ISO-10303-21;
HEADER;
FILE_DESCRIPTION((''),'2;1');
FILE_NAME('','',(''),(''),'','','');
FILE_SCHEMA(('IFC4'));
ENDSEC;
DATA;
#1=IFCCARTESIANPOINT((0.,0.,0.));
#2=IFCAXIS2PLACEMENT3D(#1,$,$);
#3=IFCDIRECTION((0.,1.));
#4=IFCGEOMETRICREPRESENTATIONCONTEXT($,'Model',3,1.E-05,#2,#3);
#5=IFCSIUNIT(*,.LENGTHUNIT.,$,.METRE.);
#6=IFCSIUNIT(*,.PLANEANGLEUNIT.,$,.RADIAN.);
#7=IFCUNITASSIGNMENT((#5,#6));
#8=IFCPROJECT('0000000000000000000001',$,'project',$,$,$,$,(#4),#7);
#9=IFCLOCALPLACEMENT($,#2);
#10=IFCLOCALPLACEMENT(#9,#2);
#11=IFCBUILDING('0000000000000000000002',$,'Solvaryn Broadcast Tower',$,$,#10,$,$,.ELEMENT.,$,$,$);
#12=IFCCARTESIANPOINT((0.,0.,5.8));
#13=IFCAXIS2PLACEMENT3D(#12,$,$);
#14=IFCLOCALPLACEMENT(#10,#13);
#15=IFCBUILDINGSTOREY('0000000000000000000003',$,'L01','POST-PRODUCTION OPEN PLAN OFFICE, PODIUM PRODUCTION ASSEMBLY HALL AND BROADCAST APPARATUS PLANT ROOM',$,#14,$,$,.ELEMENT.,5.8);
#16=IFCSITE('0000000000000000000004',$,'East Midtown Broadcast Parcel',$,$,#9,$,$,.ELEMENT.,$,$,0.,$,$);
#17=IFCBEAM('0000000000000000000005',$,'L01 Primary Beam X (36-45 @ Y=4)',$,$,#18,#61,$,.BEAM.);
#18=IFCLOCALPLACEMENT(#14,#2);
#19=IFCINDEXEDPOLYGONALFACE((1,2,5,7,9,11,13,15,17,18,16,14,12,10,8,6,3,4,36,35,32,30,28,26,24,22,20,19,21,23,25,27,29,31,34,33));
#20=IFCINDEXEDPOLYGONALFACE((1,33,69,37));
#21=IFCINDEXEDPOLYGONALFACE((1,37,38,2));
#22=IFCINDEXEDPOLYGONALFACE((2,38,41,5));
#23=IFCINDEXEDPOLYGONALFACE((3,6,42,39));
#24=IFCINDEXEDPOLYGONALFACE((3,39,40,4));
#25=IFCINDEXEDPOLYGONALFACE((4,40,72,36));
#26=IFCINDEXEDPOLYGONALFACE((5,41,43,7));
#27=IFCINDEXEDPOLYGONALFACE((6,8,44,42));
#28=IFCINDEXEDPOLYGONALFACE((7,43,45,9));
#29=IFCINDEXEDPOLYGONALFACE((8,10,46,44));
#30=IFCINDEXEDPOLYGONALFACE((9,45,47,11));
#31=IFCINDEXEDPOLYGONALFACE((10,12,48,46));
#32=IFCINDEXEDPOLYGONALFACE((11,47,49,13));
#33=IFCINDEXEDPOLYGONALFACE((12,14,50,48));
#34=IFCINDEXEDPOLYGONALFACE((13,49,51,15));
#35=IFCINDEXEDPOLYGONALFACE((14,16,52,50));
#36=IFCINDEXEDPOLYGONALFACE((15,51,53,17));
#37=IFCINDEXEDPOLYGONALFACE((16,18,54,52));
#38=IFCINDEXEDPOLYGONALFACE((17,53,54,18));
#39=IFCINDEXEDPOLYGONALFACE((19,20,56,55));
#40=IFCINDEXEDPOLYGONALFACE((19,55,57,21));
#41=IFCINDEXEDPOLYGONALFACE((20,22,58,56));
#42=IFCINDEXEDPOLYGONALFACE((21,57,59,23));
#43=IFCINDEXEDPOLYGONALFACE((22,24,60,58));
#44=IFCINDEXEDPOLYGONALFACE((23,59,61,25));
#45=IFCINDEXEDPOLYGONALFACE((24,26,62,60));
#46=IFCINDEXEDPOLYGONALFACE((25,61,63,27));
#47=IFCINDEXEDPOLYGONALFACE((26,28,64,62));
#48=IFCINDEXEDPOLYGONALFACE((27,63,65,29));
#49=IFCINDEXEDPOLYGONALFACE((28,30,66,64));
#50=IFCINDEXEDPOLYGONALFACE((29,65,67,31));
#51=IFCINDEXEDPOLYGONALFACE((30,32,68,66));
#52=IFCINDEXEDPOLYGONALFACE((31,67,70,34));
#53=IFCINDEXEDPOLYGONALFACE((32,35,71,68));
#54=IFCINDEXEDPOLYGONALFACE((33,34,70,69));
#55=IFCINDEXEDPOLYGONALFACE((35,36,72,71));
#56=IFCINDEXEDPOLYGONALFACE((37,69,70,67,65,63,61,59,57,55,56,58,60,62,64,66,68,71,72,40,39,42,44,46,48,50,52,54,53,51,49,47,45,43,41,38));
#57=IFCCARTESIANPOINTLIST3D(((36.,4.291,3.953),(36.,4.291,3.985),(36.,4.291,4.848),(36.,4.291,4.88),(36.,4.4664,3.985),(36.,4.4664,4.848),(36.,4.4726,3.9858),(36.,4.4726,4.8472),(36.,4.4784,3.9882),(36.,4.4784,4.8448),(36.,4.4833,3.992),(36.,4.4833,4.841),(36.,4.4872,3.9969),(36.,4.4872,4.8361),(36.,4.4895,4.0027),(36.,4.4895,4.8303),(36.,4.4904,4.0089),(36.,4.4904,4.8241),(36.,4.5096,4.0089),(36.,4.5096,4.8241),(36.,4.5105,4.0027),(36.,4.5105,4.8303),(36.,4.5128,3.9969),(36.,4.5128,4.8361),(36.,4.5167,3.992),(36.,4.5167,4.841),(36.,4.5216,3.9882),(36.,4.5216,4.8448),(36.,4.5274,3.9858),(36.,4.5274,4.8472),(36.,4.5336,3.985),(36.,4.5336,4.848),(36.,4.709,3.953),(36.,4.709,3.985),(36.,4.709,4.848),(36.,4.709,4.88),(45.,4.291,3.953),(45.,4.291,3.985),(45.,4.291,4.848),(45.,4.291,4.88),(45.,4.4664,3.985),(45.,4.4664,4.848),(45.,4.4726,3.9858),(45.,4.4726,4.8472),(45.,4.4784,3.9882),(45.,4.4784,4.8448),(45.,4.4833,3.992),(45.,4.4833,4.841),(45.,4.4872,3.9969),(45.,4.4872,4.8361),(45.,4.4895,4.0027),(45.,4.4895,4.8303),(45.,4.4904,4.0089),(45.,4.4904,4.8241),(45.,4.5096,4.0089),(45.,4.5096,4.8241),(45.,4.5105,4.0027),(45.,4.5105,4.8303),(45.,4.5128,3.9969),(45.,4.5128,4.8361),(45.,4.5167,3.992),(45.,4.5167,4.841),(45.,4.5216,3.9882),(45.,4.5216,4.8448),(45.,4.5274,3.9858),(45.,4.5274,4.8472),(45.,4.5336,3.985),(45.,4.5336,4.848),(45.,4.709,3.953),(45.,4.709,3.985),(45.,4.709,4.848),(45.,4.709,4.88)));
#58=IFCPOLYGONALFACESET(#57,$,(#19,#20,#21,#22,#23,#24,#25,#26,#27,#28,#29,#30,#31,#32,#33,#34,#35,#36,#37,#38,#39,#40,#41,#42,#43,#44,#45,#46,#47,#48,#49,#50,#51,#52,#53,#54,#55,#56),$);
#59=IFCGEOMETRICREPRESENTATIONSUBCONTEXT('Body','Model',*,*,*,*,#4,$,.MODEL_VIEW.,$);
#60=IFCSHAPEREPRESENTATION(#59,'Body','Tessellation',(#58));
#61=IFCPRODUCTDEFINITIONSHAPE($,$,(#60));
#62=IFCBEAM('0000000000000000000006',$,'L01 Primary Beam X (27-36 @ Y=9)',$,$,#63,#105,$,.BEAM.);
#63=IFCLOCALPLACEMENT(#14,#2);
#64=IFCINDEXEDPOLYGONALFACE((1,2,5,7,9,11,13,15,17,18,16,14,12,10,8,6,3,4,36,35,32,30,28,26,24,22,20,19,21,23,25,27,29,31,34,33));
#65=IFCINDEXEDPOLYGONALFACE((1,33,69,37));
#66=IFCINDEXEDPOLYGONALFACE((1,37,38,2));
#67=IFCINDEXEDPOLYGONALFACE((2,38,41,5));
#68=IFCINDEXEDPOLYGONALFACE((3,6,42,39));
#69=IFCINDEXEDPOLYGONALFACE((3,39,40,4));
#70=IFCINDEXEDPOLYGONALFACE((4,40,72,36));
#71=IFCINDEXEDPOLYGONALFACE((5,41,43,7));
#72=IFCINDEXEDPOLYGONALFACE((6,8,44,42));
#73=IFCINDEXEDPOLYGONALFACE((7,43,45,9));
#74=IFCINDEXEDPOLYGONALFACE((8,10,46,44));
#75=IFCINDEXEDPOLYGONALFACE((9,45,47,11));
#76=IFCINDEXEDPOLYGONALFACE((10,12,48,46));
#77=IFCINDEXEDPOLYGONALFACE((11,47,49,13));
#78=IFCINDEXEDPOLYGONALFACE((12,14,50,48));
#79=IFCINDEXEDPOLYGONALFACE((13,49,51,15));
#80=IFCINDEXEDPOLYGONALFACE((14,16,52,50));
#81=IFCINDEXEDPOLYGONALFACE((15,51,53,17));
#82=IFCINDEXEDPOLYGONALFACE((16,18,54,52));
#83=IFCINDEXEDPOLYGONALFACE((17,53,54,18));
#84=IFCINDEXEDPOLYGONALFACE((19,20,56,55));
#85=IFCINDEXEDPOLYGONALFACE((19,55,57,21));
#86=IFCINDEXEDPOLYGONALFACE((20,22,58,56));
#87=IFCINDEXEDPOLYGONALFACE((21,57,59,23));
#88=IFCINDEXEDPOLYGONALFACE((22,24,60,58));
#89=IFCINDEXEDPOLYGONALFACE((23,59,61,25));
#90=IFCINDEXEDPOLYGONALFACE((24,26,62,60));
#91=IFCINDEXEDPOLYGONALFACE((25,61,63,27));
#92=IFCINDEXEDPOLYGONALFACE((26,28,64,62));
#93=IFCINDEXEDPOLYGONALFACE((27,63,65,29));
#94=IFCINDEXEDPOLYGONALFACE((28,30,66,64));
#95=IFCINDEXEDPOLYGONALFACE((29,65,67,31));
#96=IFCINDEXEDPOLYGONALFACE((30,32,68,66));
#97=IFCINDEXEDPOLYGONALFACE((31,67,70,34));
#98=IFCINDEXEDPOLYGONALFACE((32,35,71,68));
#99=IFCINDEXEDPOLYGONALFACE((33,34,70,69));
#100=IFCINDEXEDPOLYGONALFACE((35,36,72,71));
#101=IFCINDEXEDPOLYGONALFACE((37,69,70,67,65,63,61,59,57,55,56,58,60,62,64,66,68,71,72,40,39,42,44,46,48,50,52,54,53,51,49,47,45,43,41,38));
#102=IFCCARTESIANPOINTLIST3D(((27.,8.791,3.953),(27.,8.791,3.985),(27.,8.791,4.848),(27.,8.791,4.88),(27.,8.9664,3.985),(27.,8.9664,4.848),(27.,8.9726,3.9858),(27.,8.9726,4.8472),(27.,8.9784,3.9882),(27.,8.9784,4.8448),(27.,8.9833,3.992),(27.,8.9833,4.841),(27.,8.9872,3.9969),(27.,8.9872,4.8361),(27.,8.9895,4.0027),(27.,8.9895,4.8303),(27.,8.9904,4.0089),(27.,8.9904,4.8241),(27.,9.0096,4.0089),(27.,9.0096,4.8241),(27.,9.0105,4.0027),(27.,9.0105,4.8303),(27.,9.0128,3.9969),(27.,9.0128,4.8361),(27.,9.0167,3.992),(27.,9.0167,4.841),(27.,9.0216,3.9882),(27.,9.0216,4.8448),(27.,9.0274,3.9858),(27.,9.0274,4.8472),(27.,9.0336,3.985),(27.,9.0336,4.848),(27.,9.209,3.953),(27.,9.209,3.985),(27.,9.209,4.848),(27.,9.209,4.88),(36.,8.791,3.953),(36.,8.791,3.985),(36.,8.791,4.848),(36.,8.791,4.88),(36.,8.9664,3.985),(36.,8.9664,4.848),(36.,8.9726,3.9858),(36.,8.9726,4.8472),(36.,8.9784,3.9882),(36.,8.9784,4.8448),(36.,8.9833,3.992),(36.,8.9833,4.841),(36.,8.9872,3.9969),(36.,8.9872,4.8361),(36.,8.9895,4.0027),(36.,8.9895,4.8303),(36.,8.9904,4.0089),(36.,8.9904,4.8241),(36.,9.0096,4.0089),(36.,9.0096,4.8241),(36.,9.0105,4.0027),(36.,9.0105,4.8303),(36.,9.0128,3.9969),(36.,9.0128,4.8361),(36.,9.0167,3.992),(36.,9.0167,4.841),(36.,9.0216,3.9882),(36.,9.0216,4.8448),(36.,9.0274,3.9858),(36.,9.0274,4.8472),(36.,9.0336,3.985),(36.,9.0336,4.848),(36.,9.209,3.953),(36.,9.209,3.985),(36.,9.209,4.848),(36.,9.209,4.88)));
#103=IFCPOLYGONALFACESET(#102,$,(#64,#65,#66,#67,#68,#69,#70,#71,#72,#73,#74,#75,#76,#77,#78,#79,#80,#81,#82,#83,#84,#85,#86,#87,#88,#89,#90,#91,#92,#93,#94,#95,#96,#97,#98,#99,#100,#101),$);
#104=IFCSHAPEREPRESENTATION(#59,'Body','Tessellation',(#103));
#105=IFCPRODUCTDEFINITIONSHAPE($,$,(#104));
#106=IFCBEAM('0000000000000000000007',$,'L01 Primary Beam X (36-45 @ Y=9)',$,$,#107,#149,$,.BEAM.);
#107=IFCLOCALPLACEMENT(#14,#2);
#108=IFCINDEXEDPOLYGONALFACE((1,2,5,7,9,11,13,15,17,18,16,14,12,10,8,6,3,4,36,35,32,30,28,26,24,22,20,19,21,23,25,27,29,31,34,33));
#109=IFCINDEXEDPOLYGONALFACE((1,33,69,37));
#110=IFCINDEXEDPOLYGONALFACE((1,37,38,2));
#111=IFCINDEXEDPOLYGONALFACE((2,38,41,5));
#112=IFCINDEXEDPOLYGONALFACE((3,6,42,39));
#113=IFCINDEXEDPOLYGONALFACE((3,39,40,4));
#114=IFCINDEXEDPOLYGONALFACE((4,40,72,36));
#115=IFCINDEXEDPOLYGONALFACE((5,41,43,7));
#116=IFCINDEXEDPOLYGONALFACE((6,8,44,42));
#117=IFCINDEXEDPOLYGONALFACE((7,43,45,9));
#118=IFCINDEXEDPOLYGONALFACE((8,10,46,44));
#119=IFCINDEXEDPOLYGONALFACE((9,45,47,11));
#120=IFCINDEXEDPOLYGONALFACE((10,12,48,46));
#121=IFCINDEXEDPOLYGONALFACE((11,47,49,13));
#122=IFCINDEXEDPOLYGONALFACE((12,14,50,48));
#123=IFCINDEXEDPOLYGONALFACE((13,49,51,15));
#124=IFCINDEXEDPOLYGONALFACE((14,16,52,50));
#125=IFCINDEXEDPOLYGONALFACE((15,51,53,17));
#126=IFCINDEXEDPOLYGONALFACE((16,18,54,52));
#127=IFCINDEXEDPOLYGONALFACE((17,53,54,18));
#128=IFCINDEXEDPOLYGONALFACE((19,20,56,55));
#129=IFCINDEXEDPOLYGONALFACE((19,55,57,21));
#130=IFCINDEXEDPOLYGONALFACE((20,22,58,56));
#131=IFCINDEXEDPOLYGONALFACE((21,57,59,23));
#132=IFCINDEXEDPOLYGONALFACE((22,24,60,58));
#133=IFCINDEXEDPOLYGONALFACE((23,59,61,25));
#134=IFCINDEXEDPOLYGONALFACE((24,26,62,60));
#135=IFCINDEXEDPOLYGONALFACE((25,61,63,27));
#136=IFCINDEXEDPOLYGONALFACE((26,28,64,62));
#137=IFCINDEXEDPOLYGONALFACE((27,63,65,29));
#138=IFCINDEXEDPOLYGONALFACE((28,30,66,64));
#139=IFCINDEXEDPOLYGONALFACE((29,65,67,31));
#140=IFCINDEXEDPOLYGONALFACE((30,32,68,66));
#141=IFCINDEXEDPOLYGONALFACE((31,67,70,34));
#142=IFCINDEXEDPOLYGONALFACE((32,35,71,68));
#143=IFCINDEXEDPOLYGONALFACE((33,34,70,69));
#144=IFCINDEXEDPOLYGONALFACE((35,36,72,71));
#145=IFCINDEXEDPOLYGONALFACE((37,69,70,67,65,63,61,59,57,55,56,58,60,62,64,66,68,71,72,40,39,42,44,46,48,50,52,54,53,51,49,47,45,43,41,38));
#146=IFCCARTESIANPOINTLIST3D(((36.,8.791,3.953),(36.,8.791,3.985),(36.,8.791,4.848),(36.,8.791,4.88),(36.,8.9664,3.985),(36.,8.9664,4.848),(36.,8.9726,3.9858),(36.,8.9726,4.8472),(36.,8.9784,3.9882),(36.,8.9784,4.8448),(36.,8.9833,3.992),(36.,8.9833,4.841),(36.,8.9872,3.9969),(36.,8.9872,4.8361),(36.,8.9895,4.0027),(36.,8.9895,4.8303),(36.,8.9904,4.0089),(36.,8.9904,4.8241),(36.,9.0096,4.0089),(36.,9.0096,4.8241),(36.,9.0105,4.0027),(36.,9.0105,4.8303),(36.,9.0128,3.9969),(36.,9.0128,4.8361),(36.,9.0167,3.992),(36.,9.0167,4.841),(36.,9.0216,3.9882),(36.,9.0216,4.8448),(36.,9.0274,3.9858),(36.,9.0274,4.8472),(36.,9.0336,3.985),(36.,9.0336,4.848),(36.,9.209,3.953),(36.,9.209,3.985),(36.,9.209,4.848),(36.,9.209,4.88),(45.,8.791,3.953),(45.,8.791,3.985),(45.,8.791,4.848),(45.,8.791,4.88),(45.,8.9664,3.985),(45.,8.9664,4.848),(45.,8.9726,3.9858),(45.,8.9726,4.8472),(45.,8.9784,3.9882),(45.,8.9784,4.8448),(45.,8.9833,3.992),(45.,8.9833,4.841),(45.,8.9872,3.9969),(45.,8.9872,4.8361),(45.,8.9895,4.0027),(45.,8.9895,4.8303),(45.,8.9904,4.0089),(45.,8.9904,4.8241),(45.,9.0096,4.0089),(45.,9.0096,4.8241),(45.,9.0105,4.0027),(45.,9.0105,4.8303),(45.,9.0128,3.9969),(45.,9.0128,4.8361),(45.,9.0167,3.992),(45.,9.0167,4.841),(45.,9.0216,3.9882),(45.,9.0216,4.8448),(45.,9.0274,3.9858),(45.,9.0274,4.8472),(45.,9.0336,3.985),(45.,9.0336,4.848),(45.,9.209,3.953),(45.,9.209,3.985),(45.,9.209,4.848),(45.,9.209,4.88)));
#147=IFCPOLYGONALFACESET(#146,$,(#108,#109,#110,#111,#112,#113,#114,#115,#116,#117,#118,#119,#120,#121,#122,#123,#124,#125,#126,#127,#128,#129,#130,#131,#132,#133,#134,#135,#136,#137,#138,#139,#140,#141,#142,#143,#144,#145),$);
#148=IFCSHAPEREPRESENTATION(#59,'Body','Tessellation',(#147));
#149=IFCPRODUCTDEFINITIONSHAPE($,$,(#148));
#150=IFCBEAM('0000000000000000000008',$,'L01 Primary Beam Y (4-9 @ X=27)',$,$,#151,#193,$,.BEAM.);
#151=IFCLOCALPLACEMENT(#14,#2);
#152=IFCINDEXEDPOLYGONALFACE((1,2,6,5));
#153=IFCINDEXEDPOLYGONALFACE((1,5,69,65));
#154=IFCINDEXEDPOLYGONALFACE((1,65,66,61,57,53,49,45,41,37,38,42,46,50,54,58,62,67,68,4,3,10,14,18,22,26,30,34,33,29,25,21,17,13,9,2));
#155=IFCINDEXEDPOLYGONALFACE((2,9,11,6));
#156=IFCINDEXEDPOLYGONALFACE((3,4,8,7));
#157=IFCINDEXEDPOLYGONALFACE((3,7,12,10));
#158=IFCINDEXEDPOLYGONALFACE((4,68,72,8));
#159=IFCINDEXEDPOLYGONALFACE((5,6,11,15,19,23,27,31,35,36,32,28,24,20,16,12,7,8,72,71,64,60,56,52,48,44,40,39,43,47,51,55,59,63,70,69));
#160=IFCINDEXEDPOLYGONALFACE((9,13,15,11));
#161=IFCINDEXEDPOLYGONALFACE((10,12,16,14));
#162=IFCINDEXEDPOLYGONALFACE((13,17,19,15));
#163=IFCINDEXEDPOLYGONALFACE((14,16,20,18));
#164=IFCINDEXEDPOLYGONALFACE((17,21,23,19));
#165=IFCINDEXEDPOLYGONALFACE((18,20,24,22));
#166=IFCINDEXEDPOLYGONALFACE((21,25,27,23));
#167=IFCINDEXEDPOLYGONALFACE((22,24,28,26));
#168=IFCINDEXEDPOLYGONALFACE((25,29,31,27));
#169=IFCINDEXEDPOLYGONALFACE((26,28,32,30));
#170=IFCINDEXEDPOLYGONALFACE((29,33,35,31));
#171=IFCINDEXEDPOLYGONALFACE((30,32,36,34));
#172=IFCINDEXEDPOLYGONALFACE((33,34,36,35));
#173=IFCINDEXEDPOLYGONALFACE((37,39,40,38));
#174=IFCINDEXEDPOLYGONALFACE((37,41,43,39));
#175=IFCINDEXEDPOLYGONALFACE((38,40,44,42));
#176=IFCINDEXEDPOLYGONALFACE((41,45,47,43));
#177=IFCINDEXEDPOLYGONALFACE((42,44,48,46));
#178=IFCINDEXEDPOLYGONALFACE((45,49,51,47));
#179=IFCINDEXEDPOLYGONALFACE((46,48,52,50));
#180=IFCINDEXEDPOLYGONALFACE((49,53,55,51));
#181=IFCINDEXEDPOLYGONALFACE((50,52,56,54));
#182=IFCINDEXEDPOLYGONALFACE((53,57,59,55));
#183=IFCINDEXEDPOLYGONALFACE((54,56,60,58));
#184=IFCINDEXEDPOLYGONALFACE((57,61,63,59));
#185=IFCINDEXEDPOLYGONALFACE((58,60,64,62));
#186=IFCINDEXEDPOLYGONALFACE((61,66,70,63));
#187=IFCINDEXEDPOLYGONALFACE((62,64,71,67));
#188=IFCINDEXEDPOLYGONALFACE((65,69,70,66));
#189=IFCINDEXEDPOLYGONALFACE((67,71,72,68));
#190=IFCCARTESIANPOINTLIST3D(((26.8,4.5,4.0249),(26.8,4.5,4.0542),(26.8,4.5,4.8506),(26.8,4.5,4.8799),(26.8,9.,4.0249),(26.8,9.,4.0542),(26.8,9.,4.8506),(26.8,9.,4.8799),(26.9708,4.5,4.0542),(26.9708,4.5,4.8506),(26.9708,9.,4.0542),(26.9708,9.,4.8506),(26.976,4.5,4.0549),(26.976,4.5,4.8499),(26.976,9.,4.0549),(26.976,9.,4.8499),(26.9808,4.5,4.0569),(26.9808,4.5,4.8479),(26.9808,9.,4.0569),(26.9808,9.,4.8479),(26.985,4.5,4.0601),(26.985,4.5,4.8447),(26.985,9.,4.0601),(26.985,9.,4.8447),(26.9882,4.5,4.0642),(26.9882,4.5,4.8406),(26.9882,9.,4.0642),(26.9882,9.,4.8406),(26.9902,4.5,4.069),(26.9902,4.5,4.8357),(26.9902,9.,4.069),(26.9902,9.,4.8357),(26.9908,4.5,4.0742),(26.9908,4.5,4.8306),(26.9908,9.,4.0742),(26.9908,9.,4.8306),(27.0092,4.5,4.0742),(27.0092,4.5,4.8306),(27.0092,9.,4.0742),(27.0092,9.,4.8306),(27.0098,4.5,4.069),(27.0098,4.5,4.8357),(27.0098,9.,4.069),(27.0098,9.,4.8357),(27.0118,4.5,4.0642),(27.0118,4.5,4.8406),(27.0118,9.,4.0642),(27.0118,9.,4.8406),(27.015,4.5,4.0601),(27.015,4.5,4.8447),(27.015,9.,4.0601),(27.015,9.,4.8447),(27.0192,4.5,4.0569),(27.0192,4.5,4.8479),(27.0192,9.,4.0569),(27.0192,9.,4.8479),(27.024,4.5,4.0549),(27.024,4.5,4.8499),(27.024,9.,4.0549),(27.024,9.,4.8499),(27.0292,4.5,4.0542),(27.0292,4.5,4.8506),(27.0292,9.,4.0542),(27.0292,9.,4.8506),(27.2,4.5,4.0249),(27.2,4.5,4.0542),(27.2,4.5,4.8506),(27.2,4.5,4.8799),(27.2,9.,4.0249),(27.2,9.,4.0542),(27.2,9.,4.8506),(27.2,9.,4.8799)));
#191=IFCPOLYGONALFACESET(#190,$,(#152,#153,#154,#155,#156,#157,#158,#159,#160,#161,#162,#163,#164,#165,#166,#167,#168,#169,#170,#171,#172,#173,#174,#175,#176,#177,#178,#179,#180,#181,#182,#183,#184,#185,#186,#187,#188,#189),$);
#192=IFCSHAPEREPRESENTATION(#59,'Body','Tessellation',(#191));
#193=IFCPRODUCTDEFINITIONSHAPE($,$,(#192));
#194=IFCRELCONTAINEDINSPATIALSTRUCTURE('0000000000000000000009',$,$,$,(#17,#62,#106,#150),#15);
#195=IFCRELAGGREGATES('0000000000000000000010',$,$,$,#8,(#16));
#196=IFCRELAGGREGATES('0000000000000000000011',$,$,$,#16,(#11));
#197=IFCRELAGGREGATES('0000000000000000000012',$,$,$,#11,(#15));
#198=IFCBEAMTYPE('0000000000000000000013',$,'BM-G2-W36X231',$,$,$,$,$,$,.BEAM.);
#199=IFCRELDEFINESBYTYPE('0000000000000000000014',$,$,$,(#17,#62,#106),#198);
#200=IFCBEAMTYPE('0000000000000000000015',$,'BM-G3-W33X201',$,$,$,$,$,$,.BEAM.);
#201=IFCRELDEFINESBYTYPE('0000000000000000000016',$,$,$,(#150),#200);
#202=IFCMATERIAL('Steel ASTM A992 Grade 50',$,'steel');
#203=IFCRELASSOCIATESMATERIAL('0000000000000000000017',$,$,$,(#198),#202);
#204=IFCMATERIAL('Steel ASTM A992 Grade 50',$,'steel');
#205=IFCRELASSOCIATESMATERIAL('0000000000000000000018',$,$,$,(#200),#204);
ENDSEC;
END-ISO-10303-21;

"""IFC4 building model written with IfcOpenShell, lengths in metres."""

from ifc_helpers import new_model, si_unit, direction, frame, origin, origin_2d, place, context, subcontext, project, spatial, i_section, extrude, material, material_profile, profile_set, type_object, element, save


model = new_model("IFC4")

# Units and contexts
model_context = context("Model", 3, precision=1e-05, world=origin(), true_north=direction((0.0, 1.0)))
body_context = subcontext(model_context, "Body", "Model", "MODEL_VIEW")
ifc_project = project(units=[si_unit("LENGTHUNIT", "METRE"), si_unit("PLANEANGLEUNIT", "RADIAN")], contexts=[model_context])

# Site, building, storey
site_placement = place(None, origin())
site = spatial("IfcSite", under=ifc_project, at=site_placement, Name="East Midtown Broadcast Parcel", CompositionType="ELEMENT", RefElevation=0.0)
building_placement = place(site_placement, origin())
building = spatial("IfcBuilding", under=site, at=building_placement, Name="Solvaryn Broadcast Tower", CompositionType="ELEMENT")
storey_placement = place(building_placement, frame((0.0, 0.0, 5.8)))
storey = spatial("IfcBuildingStorey", under=building, at=storey_placement, Name="L01", Description="POST-PRODUCTION OPEN PLAN OFFICE, PODIUM PRODUCTION ASSEMBLY HALL AND BROADCAST APPARATUS PLANT ROOM", CompositionType="ELEMENT", Elevation=5.8)

# Beams
ifc_material_1 = material(Name="Steel ASTM A992 Grade 50", Category="steel")
ifc_material_profile_1 = material_profile(ifc_material_1, i_section(OverallWidth=0.418, OverallDepth=0.927, WebThickness=0.0193, FlangeThickness=0.032, FilletRadius=0.0239, at=origin_2d()))
ifc_profile_set_1 = profile_set([ifc_material_profile_1], Name="Steel ASTM A992 Grade 50")
beam_type_1 = type_object("IfcBeamType", Name="BM-G2-W36X231", PredefinedType="BEAM", material=ifc_profile_set_1)
for number, where, z_axis, x_axis, name in (
    (1, (36.0, 4.5, 4.4165), (1.0, 0.0, 0.0), (0.0, 1.0, 0.0), "L01 Primary Beam X (36-45 @ Y=4)"),
    (2, (27.0, 9.0, 4.4165), (1.0, 0.0, 0.0), (0.0, 1.0, 0.0), "L01 Primary Beam X (27-36 @ Y=9)"),
    (3, (36.0, 9.0, 4.4165), (1.0, 0.0, 0.0), (0.0, 1.0, 0.0), "L01 Primary Beam X (36-45 @ Y=9)"),
):
    element("IfcBeam", number, at=place(storey_placement, frame(where, z_axis=z_axis, x_axis=x_axis)), inside=storey, type_object=beam_type_1, Name=name, PredefinedType="BEAM", context=body_context, shape_type="SweptSolid", body=[
        extrude(i_section(OverallWidth=0.418, OverallDepth=0.927, WebThickness=0.0193, FlangeThickness=0.032, FilletRadius=0.0239, at=origin_2d()), origin(), (0.0, 0.0, 1.0), 9.0),
    ])
ifc_material_2 = material(Name="Steel ASTM A992 Grade 50", Category="steel")
ifc_material_profile_2 = material_profile(ifc_material_2, i_section(OverallWidth=0.3999, OverallDepth=0.855, WebThickness=0.0183, FlangeThickness=0.0293, FilletRadius=0.02, at=origin_2d()))
ifc_profile_set_2 = profile_set([ifc_material_profile_2], Name="Steel ASTM A992 Grade 50")
beam_type_2 = type_object("IfcBeamType", Name="BM-G3-W33X201", PredefinedType="BEAM", material=ifc_profile_set_2)
for number, where, z_axis, x_axis, name in (
    (4, (27.0, 4.5, 4.4524), (0.0, 1.0, 0.0), (-1.0, 0.0, 0.0), "L01 Primary Beam Y (4-9 @ X=27)"),
):
    element("IfcBeam", number, at=place(storey_placement, frame(where, z_axis=z_axis, x_axis=x_axis)), inside=storey, type_object=beam_type_2, Name=name, PredefinedType="BEAM", context=body_context, shape_type="SweptSolid", body=[
        extrude(i_section(OverallWidth=0.3999, OverallDepth=0.855, WebThickness=0.0183, FlangeThickness=0.0293, FilletRadius=0.02, at=origin_2d()), origin(), (0.0, 0.0, 1.0), 4.5),
    ])

save(model, "model.ifc")
